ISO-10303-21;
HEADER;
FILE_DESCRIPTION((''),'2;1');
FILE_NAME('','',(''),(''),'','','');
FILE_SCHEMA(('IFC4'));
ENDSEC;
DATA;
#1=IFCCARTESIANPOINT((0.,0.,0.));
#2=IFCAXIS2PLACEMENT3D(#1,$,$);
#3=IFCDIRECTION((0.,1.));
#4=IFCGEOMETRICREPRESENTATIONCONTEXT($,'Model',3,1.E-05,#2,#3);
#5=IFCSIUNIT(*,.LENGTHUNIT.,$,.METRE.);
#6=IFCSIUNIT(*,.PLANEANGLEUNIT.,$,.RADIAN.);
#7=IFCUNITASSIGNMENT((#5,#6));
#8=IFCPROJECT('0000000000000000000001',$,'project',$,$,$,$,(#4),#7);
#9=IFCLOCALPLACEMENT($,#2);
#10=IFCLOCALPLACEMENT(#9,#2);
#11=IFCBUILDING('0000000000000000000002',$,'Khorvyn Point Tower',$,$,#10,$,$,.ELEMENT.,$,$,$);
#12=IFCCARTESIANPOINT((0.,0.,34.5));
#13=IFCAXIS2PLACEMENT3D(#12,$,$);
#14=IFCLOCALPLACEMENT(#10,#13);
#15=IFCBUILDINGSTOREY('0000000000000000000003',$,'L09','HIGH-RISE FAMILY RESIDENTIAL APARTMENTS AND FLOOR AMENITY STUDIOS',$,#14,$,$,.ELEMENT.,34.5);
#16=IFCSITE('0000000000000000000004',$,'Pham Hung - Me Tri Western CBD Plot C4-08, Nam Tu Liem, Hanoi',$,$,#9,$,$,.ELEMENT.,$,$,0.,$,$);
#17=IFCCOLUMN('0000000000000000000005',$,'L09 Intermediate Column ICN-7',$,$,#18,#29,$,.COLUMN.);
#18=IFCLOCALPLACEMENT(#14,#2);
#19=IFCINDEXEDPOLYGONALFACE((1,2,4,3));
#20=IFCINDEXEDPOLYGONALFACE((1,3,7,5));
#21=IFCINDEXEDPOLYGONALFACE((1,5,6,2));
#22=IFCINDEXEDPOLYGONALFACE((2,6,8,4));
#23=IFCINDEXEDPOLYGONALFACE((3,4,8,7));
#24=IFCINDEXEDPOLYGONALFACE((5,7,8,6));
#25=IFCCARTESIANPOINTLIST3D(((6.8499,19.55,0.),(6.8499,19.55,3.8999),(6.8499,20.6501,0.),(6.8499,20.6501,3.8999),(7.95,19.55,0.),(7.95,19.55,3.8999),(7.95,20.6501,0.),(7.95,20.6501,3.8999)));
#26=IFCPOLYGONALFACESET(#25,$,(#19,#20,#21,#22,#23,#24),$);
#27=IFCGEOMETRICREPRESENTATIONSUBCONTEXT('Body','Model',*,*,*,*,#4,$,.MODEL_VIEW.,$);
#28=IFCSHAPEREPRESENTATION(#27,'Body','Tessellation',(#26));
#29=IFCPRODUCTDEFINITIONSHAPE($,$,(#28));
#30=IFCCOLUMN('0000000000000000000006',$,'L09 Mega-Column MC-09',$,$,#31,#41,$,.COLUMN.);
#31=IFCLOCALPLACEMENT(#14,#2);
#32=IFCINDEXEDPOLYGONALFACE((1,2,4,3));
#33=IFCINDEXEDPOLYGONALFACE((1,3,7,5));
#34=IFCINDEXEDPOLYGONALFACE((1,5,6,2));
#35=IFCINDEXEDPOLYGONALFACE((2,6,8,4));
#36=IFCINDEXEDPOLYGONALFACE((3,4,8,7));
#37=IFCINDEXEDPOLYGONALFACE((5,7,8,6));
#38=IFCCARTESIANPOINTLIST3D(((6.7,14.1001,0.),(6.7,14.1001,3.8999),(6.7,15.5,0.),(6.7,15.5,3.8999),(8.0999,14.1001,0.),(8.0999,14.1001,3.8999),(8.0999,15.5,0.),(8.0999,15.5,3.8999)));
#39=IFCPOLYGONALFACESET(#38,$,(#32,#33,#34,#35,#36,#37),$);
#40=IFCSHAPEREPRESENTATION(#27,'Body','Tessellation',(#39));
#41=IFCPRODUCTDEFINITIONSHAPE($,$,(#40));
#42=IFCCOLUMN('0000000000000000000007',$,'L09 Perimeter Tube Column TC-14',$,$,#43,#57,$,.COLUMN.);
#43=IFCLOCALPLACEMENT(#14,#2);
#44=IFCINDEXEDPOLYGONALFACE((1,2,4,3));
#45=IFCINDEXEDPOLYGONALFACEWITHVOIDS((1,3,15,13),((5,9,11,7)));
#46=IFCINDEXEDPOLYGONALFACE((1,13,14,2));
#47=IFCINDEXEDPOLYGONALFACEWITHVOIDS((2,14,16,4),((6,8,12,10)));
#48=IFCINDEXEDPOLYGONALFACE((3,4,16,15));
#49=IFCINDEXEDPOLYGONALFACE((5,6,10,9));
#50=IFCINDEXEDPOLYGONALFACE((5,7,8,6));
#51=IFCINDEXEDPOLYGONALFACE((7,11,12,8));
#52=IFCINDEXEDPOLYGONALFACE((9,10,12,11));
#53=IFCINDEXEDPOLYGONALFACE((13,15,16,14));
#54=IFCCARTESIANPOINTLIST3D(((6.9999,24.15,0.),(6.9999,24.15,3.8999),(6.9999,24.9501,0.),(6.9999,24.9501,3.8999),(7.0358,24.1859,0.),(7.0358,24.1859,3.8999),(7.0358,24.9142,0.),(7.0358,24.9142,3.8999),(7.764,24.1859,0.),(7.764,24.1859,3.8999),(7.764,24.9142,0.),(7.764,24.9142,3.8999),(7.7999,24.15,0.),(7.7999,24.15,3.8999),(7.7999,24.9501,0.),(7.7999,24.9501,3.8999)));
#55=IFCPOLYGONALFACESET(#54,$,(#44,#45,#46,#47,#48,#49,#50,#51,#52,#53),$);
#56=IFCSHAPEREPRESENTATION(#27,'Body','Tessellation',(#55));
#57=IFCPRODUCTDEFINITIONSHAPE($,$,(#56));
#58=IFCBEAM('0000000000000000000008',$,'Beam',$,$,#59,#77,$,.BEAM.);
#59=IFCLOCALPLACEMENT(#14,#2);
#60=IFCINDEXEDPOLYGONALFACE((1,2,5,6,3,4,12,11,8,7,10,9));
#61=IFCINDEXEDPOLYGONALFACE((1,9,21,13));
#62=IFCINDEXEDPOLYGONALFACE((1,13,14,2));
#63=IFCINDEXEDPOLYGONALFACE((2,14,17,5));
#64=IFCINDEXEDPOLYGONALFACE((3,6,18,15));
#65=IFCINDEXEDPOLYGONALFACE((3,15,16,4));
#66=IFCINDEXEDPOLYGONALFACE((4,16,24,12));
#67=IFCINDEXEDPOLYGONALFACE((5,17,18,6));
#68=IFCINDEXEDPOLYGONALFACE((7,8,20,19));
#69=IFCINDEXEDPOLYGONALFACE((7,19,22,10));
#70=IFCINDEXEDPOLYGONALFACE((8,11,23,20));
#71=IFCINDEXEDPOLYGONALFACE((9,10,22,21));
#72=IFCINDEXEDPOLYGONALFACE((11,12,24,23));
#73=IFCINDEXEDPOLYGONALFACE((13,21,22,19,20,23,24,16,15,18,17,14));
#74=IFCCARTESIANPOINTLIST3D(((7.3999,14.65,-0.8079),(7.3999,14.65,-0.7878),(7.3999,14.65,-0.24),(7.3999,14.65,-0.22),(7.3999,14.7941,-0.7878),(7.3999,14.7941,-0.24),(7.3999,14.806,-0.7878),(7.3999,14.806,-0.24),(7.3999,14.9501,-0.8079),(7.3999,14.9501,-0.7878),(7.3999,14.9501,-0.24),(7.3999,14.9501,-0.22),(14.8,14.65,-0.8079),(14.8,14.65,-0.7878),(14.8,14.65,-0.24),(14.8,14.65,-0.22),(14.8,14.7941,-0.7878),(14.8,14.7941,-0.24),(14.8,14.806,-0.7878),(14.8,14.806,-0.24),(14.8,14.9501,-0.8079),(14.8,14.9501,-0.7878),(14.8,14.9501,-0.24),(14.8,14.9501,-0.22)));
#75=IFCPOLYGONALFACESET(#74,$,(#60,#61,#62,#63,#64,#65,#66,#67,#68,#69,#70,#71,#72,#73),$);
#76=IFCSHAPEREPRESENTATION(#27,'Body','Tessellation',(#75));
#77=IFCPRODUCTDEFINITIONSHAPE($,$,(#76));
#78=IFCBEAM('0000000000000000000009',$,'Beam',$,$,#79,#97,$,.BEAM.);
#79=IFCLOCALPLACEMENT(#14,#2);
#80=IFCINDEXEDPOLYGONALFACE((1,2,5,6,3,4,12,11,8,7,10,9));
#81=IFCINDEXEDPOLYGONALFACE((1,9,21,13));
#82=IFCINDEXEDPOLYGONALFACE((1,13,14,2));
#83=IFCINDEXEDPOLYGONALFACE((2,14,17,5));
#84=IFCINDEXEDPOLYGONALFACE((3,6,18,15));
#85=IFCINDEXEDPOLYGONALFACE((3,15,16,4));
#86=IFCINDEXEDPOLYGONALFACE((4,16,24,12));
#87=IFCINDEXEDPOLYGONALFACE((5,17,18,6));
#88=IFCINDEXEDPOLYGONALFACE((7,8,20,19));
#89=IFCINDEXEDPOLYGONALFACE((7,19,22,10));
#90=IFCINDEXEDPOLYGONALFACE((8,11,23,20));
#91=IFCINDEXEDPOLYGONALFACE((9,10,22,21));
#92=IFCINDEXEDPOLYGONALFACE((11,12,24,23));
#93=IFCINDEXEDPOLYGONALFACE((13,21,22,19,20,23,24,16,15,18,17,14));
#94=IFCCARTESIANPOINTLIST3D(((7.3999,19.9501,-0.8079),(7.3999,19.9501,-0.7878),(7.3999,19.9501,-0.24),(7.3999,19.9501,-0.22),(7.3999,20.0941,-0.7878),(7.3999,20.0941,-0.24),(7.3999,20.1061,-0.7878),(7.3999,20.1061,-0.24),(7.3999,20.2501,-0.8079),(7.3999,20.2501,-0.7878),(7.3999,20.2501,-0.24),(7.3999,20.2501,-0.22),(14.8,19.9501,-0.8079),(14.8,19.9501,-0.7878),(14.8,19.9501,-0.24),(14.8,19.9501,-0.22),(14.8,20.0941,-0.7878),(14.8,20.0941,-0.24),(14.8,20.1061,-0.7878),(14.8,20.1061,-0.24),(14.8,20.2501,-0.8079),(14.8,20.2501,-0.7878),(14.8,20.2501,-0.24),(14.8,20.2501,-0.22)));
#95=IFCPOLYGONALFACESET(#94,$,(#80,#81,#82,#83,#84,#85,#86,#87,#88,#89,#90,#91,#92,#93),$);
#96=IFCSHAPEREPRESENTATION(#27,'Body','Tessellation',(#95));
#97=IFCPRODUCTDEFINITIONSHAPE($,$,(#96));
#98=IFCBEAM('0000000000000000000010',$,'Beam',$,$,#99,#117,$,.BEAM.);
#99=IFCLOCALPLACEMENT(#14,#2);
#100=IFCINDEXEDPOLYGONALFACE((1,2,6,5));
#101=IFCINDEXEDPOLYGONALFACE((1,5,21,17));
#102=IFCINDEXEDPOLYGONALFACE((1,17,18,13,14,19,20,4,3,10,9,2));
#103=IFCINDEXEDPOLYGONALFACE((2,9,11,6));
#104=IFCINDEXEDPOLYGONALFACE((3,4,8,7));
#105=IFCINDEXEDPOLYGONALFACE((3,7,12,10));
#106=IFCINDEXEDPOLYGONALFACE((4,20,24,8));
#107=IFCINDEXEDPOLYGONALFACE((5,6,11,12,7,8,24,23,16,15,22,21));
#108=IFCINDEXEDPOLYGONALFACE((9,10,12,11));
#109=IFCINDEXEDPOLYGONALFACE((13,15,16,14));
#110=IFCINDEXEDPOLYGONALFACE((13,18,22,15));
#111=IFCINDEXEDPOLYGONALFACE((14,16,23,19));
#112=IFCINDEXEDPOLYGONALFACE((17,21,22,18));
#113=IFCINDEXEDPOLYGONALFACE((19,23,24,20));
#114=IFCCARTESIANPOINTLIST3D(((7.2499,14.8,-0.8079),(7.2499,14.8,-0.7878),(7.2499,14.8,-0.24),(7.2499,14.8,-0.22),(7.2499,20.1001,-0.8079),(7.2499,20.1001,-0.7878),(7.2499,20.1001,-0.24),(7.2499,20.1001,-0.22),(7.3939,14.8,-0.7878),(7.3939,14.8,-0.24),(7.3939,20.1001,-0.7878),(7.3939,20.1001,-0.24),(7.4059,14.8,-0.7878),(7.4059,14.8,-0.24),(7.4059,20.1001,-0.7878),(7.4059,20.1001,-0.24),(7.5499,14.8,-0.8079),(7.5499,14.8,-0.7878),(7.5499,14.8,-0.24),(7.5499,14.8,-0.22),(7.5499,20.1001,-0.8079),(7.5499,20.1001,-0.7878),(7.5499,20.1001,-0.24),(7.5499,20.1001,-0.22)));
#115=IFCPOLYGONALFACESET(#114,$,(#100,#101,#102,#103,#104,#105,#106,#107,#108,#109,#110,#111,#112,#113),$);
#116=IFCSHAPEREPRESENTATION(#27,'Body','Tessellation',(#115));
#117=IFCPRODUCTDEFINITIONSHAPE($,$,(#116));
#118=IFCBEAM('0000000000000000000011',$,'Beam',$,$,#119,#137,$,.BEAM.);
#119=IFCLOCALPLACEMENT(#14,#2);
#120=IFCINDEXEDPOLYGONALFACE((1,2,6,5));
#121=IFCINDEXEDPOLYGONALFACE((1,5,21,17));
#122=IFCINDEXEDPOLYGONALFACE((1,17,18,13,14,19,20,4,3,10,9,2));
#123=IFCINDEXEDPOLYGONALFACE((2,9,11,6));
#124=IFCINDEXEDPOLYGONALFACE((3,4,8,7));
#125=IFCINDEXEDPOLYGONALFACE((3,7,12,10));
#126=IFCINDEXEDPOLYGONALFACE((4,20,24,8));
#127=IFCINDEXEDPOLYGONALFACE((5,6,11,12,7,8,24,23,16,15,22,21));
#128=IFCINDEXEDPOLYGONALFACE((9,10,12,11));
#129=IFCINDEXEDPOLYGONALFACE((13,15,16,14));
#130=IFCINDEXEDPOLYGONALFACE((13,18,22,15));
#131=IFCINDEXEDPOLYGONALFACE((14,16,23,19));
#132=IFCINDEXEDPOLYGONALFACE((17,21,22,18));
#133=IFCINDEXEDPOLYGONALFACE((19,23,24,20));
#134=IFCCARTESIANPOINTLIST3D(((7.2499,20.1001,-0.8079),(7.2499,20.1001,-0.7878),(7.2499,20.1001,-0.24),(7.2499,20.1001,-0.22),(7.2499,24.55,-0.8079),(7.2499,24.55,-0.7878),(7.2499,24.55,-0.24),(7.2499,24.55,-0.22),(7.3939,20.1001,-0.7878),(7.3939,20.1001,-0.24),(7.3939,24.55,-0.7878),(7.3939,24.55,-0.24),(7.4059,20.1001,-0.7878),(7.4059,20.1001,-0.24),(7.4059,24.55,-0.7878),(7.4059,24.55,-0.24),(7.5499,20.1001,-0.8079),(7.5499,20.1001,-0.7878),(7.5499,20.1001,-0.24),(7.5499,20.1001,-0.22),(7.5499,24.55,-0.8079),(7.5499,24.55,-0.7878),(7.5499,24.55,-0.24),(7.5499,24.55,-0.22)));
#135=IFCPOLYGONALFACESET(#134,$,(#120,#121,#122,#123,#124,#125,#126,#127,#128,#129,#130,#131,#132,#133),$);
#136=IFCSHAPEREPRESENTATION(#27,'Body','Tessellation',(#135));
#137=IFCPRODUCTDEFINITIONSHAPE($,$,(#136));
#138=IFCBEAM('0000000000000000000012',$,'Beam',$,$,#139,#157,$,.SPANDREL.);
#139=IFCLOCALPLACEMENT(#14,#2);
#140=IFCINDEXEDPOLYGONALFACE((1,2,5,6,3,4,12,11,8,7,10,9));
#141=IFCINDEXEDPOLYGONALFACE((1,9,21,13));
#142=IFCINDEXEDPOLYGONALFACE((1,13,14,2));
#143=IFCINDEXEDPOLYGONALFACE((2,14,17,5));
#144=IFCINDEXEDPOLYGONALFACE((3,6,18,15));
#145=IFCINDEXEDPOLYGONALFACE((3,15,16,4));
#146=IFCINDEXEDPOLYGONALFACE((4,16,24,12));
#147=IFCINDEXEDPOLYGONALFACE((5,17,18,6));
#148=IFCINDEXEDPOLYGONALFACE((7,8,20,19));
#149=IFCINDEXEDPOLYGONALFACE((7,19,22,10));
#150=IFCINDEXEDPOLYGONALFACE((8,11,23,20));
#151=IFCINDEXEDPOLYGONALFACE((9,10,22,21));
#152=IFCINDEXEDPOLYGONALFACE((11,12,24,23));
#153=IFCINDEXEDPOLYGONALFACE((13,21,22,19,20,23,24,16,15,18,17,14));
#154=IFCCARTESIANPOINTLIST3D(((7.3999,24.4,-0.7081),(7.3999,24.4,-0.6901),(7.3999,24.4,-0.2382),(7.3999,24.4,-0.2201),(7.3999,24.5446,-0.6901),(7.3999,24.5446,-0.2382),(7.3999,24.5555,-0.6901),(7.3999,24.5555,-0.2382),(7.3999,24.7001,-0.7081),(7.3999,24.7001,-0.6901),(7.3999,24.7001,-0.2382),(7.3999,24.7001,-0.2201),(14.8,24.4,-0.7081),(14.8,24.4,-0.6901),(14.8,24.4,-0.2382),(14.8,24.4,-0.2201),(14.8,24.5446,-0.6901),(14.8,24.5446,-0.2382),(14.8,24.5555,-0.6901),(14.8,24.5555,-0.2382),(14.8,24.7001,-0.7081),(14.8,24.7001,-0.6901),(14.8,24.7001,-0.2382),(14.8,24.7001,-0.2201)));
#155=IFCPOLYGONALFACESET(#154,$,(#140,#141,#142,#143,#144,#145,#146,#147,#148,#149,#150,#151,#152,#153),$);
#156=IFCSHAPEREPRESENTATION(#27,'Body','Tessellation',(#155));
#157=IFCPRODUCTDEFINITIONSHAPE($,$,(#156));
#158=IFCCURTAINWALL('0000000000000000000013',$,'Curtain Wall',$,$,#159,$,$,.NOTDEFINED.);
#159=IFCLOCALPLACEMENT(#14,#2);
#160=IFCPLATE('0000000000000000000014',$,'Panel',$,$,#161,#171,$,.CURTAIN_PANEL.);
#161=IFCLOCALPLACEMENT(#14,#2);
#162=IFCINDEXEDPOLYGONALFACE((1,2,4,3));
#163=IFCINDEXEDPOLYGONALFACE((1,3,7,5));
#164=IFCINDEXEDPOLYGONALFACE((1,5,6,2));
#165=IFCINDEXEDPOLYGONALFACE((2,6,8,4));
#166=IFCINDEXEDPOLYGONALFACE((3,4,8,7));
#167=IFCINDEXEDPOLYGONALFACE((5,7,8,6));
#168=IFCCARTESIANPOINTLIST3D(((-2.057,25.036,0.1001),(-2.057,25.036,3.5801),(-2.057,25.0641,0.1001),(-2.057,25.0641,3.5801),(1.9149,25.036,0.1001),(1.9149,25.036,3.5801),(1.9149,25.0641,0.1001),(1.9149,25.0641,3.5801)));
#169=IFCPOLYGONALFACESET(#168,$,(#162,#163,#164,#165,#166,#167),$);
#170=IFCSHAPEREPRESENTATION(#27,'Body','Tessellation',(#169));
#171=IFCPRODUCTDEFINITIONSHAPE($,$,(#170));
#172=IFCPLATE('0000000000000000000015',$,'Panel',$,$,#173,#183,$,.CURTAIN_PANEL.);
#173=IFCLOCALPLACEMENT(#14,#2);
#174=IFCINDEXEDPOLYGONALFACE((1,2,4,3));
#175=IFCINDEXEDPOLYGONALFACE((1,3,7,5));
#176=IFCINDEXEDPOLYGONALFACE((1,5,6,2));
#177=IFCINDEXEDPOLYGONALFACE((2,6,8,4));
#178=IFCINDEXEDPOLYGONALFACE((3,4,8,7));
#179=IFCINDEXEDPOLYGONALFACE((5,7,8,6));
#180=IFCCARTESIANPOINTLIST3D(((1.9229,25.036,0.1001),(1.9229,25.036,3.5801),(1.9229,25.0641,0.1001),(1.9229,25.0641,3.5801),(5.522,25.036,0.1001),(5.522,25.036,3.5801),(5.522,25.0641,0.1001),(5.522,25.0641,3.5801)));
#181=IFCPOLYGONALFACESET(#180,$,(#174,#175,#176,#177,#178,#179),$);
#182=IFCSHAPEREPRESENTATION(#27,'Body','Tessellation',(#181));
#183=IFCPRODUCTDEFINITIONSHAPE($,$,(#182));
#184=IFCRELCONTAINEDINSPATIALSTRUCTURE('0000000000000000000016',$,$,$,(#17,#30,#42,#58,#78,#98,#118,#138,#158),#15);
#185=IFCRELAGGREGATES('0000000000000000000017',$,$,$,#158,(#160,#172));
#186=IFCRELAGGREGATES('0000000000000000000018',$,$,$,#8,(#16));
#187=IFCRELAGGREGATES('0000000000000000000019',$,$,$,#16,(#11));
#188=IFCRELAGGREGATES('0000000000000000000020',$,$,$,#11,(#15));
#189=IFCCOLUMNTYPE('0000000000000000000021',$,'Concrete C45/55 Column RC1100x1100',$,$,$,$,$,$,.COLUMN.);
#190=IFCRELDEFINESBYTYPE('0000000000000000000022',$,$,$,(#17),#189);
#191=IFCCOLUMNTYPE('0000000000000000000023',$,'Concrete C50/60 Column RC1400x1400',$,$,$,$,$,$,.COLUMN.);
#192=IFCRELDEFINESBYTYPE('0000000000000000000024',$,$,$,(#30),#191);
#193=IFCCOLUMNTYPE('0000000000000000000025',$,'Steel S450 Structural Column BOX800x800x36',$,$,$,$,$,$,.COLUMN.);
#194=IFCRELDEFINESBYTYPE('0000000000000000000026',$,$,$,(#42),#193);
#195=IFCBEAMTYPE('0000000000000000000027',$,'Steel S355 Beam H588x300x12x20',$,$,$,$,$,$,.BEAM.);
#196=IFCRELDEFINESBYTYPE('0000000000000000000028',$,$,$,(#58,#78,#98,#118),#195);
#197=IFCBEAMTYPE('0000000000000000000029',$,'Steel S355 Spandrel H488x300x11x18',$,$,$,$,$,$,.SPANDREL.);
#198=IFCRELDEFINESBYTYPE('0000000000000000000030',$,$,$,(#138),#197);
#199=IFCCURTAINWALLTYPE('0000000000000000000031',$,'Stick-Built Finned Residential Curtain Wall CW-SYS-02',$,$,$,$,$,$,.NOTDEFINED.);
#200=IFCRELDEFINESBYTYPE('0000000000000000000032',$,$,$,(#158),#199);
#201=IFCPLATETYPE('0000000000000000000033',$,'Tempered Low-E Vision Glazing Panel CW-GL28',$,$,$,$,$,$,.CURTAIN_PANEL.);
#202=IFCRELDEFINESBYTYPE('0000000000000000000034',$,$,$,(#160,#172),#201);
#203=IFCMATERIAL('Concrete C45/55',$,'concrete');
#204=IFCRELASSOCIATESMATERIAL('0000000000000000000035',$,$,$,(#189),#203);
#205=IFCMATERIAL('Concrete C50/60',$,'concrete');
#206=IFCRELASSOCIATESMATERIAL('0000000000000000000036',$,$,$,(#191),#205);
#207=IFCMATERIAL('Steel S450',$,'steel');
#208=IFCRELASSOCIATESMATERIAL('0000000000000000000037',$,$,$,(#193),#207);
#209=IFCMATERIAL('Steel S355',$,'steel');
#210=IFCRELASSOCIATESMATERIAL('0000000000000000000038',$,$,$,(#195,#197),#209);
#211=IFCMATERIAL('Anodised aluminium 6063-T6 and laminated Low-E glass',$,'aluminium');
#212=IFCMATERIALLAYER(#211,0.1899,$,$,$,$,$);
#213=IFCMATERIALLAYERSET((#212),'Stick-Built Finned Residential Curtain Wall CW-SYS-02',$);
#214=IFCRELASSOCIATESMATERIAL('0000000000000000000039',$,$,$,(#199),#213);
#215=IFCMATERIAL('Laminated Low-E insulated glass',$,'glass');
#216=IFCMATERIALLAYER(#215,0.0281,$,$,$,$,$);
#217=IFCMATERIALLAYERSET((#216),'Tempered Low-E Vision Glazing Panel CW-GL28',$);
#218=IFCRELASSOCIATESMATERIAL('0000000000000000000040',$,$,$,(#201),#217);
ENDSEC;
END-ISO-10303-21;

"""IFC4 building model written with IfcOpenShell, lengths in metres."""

from ifc_helpers import new_model, si_unit, direction, frame, origin, origin_2d, place, context, subcontext, project, spatial, rectangle, hollow_rectangle, i_section, extrude, material, layer, layer_set, material_profile, profile_set, type_object, element, aggregate, save


model = new_model("IFC4")

# Units and contexts
model_context = context("Model", 3, precision=1e-05, world=origin(), true_north=direction((0.0, 1.0)))
body_context = subcontext(model_context, "Body", "Model", "MODEL_VIEW")
ifc_project = project(units=[si_unit("LENGTHUNIT", "METRE"), si_unit("PLANEANGLEUNIT", "RADIAN")], contexts=[model_context])

# Site, building, storey
site_placement = place(None, origin())
site = spatial("IfcSite", under=ifc_project, at=site_placement, Name="Pham Hung - Me Tri Western CBD Plot C4-08, Nam Tu Liem, Hanoi", CompositionType="ELEMENT", RefElevation=0.0)
building_placement = place(site_placement, origin())
building = spatial("IfcBuilding", under=site, at=building_placement, Name="Khorvyn Point Tower", CompositionType="ELEMENT")
storey_placement = place(building_placement, frame((0.0, 0.0, 34.5)))
storey = spatial("IfcBuildingStorey", under=building, at=storey_placement, Name="L09", Description="HIGH-RISE FAMILY RESIDENTIAL APARTMENTS AND FLOOR AMENITY STUDIOS", CompositionType="ELEMENT", Elevation=34.5)

# Columns
ifc_material_1 = material(Name="Concrete C45/55", Category="concrete")
ifc_material_profile_1 = material_profile(ifc_material_1, rectangle(XDim=1.1001, YDim=1.1001, at=origin_2d()))
ifc_profile_set_1 = profile_set([ifc_material_profile_1], Name="Concrete C45/55 RC1100x1100")
column_type_1 = type_object("IfcColumnType", Name="Concrete C45/55 Column RC1100x1100", PredefinedType="COLUMN", material=ifc_profile_set_1)
column_1_placement = place(storey_placement, frame((7.3999, 20.1001, 0.0), z_axis=(0.0, 0.0, 1.0), x_axis=(1.0, 0.0, 0.0)))
element("IfcColumn", 1, at=column_1_placement, inside=storey, type_object=column_type_1, Name="L09 Intermediate Column ICN-7", PredefinedType="COLUMN", context=body_context, shape_type="SweptSolid", body=[
    extrude(rectangle(XDim=1.1001, YDim=1.1001, at=origin_2d()), origin(), (0.0, 0.0, 1.0), 3.8999),
])
ifc_material_2 = material(Name="Concrete C50/60", Category="concrete")
ifc_material_profile_2 = material_profile(ifc_material_2, rectangle(XDim=1.3999, YDim=1.3999, at=origin_2d()))
ifc_profile_set_2 = profile_set([ifc_material_profile_2], Name="Concrete C50/60 RC1400x1400")
column_type_2 = type_object("IfcColumnType", Name="Concrete C50/60 Column RC1400x1400", PredefinedType="COLUMN", material=ifc_profile_set_2)
column_2_placement = place(storey_placement, frame((7.3999, 14.8, 0.0), z_axis=(0.0, 0.0, 1.0), x_axis=(1.0, 0.0, 0.0)))
element("IfcColumn", 2, at=column_2_placement, inside=storey, type_object=column_type_2, Name="L09 Mega-Column MC-09", PredefinedType="COLUMN", context=body_context, shape_type="SweptSolid", body=[
    extrude(rectangle(XDim=1.3999, YDim=1.3999, at=origin_2d()), origin(), (0.0, 0.0, 1.0), 3.8999),
])
ifc_material_3 = material(Name="Steel S450", Category="steel")
ifc_material_profile_3 = material_profile(ifc_material_3, hollow_rectangle(XDim=0.8, YDim=0.8, WallThickness=0.0359, at=origin_2d()))
ifc_profile_set_3 = profile_set([ifc_material_profile_3], Name="Steel S450 BOX800x800x36")
column_type_3 = type_object("IfcColumnType", Name="Steel S450 Structural Column BOX800x800x36", PredefinedType="COLUMN", material=ifc_profile_set_3)
column_3_placement = place(storey_placement, frame((7.3999, 24.55, 0.0), z_axis=(0.0, 0.0, 1.0), x_axis=(1.0, 0.0, 0.0)))
element("IfcColumn", 3, at=column_3_placement, inside=storey, type_object=column_type_3, Name="L09 Perimeter Tube Column TC-14", PredefinedType="COLUMN", context=body_context, shape_type="SweptSolid", body=[
    extrude(hollow_rectangle(XDim=0.8, YDim=0.8, WallThickness=0.0359, at=origin_2d()), origin(), (0.0, 0.0, 1.0), 3.8999),
])

# Beams
ifc_material_4 = material(Name="Steel S355", Category="steel")
ifc_material_profile_4 = material_profile(ifc_material_4, i_section(OverallWidth=0.3, OverallDepth=0.5879, WebThickness=0.012, FlangeThickness=0.02, at=origin_2d()))
ifc_profile_set_4 = profile_set([ifc_material_profile_4], Name="Steel S355 H588x300x12x20")
beam_type_1 = type_object("IfcBeamType", Name="Steel S355 Beam H588x300x12x20", PredefinedType="BEAM", material=ifc_profile_set_4)
for number, where, z_axis, x_axis, name in (
    (4, (7.3999, 14.8, -0.5139), (1.0, 0.0, 0.0), (0.0, 1.0, 0.0), "Beam"),
    (5, (7.3999, 20.1001, -0.5139), (1.0, 0.0, 0.0), (0.0, 1.0, 0.0), "Beam"),
):
    element("IfcBeam", number, at=place(storey_placement, frame(where, z_axis=z_axis, x_axis=x_axis)), inside=storey, type_object=beam_type_1, Name=name, PredefinedType="BEAM", context=body_context, shape_type="SweptSolid", body=[
        extrude(i_section(OverallWidth=0.3, OverallDepth=0.5879, WebThickness=0.012, FlangeThickness=0.02, at=origin_2d()), origin(), (0.0, 0.0, 1.0), 7.4001),
    ])
beam_1_placement = place(storey_placement, frame((7.3999, 14.8, -0.5139), z_axis=(0.0, 1.0, 0.0), x_axis=(-1.0, 0.0, 0.0)))
element("IfcBeam", 6, at=beam_1_placement, inside=storey, type_object=beam_type_1, Name="Beam", PredefinedType="BEAM", context=body_context, shape_type="SweptSolid", body=[
    extrude(i_section(OverallWidth=0.3, OverallDepth=0.5879, WebThickness=0.012, FlangeThickness=0.02, at=origin_2d()), origin(), (0.0, 0.0, 1.0), 5.3),
])
beam_2_placement = place(storey_placement, frame((7.3999, 20.1001, -0.5139), z_axis=(0.0, 1.0, 0.0), x_axis=(-1.0, 0.0, 0.0)))
element("IfcBeam", 7, at=beam_2_placement, inside=storey, type_object=beam_type_1, Name="Beam", PredefinedType="BEAM", context=body_context, shape_type="SweptSolid", body=[
    extrude(i_section(OverallWidth=0.3, OverallDepth=0.5879, WebThickness=0.012, FlangeThickness=0.02, at=origin_2d()), origin(), (0.0, 0.0, 1.0), 4.45),
])
ifc_material_profile_5 = material_profile(ifc_material_4, i_section(OverallWidth=0.3, OverallDepth=0.488, WebThickness=0.011, FlangeThickness=0.0181, at=origin_2d()))
ifc_profile_set_5 = profile_set([ifc_material_profile_5], Name="Steel S355 H488x300x11x18")
beam_type_2 = type_object("IfcBeamType", Name="Steel S355 Spandrel H488x300x11x18", PredefinedType="SPANDREL", material=ifc_profile_set_5)
beam_3_placement = place(storey_placement, frame((7.3999, 24.55, -0.4641), z_axis=(1.0, 0.0, 0.0), x_axis=(0.0, 1.0, 0.0)))
element("IfcBeam", 8, at=beam_3_placement, inside=storey, type_object=beam_type_2, Name="Beam", PredefinedType="SPANDREL", context=body_context, shape_type="SweptSolid", body=[
    extrude(i_section(OverallWidth=0.3, OverallDepth=0.488, WebThickness=0.011, FlangeThickness=0.0181, at=origin_2d()), origin(), (0.0, 0.0, 1.0), 7.4001),
])

# Curtain wall, plates
ifc_material_5 = material(Name="Anodised aluminium 6063-T6 and laminated Low-E glass", Category="aluminium")
ifc_layer_1 = layer(ifc_material_5, 0.1899)
ifc_layer_set_1 = layer_set([ifc_layer_1], Name="Stick-Built Finned Residential Curtain Wall CW-SYS-02")
curtain_wall_type = type_object("IfcCurtainWallType", Name="Stick-Built Finned Residential Curtain Wall CW-SYS-02", PredefinedType="NOTDEFINED", material=ifc_layer_set_1)
curtain_wall_placement = place(storey_placement, origin())
curtain_wall = element("IfcCurtainWall", 9, at=curtain_wall_placement, inside=storey, type_object=curtain_wall_type, Name="Curtain Wall", PredefinedType="NOTDEFINED")
ifc_material_6 = material(Name="Laminated Low-E insulated glass", Category="glass")
ifc_layer_2 = layer(ifc_material_6, 0.0281)
ifc_layer_set_2 = layer_set([ifc_layer_2], Name="Tempered Low-E Vision Glazing Panel CW-GL28")
plate_type = type_object("IfcPlateType", Name="Tempered Low-E Vision Glazing Panel CW-GL28", PredefinedType="CURTAIN_PANEL", material=ifc_layer_set_2)
plate_1_placement = place(storey_placement, frame((-0.071, 25.05, 0.1001), z_axis=(0.0, 0.0, 1.0), x_axis=(1.0, 0.0, 0.0)))
plate_1 = element("IfcPlate", 10, at=plate_1_placement, type_object=plate_type, Name="Panel", PredefinedType="CURTAIN_PANEL", context=body_context, shape_type="SweptSolid", body=[
    extrude(rectangle(XDim=3.9719, YDim=0.0281, at=origin_2d()), origin(), (0.0, 0.0, 1.0), 3.48),
])
plate_2_placement = place(storey_placement, frame((3.7224, 25.05, 0.1001), z_axis=(0.0, 0.0, 1.0), x_axis=(1.0, 0.0, 0.0)))
plate_2 = element("IfcPlate", 11, at=plate_2_placement, type_object=plate_type, Name="Panel", PredefinedType="CURTAIN_PANEL", context=body_context, shape_type="SweptSolid", body=[
    extrude(rectangle(XDim=3.5991, YDim=0.0281, at=origin_2d()), origin(), (0.0, 0.0, 1.0), 3.48),
])
aggregate(curtain_wall, [plate_1, plate_2])

save(model, "model.ifc")
